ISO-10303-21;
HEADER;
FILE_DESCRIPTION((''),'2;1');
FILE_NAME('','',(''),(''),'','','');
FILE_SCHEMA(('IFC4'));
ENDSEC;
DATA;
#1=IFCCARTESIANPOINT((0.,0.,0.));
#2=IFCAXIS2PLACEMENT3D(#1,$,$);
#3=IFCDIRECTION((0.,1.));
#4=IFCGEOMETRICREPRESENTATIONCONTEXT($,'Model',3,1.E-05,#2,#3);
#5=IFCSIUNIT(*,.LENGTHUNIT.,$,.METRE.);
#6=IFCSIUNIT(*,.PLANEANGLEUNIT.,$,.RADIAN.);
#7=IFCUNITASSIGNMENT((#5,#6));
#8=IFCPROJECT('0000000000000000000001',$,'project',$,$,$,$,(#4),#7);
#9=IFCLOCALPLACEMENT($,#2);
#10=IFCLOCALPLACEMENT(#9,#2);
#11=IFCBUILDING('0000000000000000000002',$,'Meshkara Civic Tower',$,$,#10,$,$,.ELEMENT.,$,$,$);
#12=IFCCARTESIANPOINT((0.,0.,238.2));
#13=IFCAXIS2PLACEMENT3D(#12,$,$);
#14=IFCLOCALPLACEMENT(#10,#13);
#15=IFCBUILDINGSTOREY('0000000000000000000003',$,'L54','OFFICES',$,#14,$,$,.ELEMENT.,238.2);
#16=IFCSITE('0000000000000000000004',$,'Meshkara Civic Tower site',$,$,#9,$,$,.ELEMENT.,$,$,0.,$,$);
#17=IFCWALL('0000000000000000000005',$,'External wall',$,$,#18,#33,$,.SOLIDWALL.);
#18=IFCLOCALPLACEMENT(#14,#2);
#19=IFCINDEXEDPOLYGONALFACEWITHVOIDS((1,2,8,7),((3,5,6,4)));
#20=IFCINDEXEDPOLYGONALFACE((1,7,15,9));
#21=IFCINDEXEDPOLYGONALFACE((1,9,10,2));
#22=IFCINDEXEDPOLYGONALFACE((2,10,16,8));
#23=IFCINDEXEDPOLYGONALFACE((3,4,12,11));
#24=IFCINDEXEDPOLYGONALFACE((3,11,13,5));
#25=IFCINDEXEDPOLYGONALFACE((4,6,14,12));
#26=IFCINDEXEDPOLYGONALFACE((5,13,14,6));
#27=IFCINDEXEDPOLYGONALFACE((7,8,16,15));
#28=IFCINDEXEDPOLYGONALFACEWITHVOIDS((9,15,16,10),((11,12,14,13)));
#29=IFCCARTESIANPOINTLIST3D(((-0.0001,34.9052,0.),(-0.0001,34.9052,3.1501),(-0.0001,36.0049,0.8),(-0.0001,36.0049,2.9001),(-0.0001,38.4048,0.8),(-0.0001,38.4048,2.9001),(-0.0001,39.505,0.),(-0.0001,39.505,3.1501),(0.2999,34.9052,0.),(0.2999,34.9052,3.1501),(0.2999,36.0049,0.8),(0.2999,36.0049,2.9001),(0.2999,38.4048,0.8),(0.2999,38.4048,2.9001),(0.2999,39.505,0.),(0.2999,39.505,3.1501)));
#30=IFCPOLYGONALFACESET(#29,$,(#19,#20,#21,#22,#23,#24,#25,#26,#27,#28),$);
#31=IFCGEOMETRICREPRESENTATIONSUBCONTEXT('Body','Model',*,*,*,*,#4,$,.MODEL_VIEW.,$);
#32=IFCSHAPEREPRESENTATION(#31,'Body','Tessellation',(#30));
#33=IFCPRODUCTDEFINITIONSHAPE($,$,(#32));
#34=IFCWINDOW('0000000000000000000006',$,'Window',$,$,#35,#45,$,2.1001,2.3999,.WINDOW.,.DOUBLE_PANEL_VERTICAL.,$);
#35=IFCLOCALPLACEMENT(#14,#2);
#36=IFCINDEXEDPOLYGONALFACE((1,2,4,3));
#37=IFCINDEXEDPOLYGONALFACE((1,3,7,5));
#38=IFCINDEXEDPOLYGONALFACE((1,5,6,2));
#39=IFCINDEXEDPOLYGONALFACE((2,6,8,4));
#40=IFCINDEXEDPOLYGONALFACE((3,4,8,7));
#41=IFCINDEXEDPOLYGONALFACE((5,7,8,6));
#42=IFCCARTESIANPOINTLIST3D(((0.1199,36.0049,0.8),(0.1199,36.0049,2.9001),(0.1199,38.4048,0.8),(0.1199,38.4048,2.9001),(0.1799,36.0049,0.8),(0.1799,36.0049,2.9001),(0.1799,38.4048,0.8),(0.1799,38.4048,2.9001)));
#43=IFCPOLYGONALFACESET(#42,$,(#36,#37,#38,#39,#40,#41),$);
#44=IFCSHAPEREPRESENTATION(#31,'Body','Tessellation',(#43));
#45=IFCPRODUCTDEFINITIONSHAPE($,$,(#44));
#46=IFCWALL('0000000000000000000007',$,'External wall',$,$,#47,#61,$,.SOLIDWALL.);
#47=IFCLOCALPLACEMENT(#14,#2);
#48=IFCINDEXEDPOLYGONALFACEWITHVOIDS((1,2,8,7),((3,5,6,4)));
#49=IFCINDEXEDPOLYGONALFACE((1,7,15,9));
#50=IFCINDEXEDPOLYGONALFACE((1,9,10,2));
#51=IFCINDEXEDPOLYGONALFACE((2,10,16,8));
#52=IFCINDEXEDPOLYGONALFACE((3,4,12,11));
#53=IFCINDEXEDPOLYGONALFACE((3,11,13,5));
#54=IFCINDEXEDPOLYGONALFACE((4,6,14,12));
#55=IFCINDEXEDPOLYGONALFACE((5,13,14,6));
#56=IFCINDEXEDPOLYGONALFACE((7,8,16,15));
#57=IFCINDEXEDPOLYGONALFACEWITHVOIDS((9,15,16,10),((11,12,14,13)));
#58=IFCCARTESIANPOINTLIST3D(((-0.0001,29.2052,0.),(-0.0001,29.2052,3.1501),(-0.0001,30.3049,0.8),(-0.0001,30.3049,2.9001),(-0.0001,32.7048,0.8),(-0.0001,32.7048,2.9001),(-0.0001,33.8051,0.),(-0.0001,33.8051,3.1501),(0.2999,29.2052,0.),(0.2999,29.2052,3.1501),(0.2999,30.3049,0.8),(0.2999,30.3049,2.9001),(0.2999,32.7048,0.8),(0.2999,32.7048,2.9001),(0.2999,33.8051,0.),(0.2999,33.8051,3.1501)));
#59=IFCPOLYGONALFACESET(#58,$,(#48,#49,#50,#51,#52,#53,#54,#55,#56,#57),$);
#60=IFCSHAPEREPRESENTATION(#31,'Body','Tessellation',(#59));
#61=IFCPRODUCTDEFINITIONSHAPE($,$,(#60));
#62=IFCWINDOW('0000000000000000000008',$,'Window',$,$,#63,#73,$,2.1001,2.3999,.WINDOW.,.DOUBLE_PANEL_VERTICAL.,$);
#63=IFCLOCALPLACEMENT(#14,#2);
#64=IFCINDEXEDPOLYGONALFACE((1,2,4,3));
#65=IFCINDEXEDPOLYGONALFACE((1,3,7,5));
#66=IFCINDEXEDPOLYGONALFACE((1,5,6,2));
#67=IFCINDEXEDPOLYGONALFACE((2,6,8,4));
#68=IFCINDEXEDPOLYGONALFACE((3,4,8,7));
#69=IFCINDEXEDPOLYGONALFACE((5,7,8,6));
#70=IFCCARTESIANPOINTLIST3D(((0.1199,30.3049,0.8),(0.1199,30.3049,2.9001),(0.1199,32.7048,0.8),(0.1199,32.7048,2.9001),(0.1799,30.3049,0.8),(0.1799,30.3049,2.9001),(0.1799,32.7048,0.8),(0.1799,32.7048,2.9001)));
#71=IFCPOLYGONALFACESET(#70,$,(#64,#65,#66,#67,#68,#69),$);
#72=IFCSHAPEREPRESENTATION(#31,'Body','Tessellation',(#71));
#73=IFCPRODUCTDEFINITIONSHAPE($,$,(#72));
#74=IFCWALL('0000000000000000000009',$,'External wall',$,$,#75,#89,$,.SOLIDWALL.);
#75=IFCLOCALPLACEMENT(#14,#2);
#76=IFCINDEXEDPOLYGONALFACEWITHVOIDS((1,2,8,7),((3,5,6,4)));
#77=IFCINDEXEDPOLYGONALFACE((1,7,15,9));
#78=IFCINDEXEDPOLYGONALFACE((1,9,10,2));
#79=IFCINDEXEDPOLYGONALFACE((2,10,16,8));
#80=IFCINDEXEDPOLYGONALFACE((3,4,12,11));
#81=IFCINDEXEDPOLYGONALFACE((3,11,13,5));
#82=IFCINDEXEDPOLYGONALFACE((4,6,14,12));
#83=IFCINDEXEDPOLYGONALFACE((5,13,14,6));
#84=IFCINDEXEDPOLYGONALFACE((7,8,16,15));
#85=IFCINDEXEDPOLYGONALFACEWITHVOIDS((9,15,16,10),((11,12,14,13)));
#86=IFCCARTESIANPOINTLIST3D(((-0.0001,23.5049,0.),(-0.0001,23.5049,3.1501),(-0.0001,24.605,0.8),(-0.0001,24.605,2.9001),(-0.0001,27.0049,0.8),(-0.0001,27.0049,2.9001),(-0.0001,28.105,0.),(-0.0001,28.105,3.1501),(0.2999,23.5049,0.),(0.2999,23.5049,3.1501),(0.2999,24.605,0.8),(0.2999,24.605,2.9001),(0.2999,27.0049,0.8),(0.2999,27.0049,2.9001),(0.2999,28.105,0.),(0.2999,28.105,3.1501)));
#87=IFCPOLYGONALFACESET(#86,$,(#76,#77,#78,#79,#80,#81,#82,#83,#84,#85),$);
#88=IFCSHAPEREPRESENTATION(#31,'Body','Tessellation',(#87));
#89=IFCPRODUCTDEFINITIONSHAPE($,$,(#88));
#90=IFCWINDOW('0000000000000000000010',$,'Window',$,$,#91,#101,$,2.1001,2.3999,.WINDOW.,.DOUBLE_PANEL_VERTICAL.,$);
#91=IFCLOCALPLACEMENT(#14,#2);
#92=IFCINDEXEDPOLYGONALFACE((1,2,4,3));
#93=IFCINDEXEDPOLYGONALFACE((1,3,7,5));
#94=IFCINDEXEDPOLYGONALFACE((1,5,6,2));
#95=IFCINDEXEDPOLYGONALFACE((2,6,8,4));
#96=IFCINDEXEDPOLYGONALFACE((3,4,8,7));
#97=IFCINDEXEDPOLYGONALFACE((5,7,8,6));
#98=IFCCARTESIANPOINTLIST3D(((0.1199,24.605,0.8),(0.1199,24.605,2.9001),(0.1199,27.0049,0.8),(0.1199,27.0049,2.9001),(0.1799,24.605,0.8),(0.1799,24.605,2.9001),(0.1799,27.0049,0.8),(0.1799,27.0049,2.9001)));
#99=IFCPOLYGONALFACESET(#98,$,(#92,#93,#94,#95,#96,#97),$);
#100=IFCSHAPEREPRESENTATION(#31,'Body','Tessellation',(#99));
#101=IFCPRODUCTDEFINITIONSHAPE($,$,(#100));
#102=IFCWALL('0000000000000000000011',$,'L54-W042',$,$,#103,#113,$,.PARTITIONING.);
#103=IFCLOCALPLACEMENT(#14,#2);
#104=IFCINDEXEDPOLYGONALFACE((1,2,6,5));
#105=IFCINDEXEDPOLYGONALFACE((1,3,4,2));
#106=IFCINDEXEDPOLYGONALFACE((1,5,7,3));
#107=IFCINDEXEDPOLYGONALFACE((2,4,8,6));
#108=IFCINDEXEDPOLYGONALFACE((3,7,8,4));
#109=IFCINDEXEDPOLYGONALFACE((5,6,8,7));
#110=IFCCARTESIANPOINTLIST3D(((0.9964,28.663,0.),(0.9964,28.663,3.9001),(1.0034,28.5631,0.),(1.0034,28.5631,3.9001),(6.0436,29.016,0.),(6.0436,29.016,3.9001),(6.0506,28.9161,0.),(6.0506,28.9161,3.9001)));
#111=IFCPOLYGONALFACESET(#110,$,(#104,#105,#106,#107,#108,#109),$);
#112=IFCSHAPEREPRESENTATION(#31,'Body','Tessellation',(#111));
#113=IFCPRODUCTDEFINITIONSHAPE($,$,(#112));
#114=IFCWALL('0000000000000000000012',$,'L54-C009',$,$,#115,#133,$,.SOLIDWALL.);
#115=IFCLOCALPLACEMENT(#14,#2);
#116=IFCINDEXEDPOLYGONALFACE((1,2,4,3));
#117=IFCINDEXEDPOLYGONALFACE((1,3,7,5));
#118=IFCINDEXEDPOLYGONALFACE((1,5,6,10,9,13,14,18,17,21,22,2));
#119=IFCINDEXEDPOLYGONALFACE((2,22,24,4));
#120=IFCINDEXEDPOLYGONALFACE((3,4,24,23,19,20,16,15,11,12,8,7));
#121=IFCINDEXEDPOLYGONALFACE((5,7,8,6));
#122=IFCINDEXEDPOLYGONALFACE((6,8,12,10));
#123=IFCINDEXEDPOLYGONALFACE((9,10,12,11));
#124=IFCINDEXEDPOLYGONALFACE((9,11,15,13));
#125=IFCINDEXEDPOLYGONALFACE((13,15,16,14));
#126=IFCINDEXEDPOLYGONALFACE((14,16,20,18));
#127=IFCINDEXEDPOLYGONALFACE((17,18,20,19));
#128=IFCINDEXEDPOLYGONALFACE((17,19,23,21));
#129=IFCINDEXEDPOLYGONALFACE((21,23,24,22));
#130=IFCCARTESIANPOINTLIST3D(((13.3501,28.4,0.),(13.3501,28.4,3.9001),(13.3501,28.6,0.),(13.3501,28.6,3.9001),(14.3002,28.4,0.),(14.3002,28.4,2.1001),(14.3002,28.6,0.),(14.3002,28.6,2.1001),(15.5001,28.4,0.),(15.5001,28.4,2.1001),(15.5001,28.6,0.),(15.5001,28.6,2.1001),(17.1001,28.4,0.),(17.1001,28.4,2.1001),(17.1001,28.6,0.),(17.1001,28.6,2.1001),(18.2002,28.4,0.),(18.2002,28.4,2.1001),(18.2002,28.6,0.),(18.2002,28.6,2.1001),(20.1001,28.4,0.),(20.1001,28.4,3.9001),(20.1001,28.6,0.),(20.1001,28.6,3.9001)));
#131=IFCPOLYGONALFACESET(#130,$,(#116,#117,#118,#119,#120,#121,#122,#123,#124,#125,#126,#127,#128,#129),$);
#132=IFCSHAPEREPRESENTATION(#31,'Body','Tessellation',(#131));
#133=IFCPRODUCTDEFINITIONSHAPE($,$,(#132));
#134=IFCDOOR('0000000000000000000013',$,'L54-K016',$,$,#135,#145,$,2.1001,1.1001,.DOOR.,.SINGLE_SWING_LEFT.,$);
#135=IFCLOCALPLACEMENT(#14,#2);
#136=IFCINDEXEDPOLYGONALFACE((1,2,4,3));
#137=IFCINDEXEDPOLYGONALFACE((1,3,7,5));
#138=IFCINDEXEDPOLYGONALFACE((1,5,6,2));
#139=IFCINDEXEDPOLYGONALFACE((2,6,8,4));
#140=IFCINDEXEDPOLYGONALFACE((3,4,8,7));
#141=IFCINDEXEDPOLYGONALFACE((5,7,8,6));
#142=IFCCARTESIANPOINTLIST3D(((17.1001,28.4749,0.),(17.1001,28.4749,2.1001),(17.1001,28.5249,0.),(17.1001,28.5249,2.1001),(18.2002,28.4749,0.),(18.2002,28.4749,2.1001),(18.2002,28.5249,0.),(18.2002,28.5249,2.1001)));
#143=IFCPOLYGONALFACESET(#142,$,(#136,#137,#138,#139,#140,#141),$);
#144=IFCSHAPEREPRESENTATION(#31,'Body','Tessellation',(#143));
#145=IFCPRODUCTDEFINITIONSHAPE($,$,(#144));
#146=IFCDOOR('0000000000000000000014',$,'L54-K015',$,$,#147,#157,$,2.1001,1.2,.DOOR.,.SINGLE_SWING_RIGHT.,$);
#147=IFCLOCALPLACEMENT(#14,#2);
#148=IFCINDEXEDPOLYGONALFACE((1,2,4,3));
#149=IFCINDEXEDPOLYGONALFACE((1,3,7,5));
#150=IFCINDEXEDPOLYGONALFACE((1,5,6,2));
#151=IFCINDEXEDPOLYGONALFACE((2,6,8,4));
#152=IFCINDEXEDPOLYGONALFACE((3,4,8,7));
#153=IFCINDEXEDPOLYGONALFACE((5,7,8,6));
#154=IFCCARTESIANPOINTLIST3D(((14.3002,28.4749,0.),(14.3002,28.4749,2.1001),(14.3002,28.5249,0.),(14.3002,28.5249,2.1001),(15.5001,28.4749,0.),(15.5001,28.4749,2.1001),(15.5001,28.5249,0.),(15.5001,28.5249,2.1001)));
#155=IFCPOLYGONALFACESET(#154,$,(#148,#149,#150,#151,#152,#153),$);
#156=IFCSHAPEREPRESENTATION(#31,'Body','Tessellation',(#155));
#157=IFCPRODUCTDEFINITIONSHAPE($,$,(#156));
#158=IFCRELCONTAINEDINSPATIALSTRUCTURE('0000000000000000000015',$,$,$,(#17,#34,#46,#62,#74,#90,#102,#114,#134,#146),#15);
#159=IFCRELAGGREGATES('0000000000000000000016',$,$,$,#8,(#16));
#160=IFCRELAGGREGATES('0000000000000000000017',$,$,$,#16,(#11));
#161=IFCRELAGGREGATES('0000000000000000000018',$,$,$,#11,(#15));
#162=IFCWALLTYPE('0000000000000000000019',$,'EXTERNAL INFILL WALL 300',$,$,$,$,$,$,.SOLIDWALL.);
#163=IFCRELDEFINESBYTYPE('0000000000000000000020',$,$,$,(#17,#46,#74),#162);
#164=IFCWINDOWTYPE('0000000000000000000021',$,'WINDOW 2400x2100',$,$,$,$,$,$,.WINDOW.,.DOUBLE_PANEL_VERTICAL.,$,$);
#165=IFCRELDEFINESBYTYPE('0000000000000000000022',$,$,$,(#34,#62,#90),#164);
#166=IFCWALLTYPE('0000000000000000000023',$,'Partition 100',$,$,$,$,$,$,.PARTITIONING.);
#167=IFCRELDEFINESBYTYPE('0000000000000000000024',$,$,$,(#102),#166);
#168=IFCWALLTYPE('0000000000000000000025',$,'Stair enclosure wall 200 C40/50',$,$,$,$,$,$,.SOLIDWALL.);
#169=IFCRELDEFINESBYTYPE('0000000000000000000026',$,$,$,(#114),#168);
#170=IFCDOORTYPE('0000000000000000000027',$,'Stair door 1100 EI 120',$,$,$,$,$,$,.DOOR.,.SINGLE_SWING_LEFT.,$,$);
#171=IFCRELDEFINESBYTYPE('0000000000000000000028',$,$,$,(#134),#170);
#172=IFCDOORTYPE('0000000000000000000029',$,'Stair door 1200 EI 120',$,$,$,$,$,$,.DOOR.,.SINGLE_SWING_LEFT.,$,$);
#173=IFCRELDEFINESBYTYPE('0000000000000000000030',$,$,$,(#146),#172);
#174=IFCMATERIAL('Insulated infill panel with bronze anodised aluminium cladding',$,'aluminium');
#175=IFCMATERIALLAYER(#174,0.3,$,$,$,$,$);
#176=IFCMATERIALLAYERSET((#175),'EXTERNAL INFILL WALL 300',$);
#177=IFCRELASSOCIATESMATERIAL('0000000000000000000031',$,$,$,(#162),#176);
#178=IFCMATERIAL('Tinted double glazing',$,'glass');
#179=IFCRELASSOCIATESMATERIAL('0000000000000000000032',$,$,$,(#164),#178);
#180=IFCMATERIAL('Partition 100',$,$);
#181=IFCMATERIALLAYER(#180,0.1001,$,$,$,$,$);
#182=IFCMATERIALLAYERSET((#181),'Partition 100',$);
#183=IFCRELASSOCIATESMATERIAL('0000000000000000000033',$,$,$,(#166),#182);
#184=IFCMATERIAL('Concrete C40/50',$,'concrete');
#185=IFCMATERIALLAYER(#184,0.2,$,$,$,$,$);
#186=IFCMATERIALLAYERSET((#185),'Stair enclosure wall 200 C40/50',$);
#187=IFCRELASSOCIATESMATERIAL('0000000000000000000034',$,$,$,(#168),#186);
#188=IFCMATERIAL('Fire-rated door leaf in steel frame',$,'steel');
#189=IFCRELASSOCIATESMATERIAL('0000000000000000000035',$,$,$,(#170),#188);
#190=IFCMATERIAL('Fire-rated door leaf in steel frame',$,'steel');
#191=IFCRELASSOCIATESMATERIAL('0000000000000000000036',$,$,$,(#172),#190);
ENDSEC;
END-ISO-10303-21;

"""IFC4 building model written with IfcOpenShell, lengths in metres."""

from ifc_helpers import new_model, si_unit, direction, frame, frame_2d, origin, place, context, subcontext, project, spatial, rectangle, extrude, material, layer, layer_set, type_object, element, fill, save


model = new_model("IFC4")

# Units and contexts
model_context = context("Model", 3, precision=1e-05, world=origin(), true_north=direction((0.0, 1.0)))
body_context = subcontext(model_context, "Body", "Model", "MODEL_VIEW")
ifc_project = project(units=[si_unit("LENGTHUNIT", "METRE"), si_unit("PLANEANGLEUNIT", "RADIAN")], contexts=[model_context])

# Site, building, storey
site_placement = place(None, origin())
site = spatial("IfcSite", under=ifc_project, at=site_placement, Name="Meshkara Civic Tower site", CompositionType="ELEMENT", RefElevation=0.0)
building_placement = place(site_placement, origin())
building = spatial("IfcBuilding", under=site, at=building_placement, Name="Meshkara Civic Tower", CompositionType="ELEMENT")
storey_placement = place(building_placement, frame((0.0, 0.0, 238.2)))
storey = spatial("IfcBuildingStorey", under=building, at=storey_placement, Name="L54", Description="OFFICES", CompositionType="ELEMENT", Elevation=238.2)

# Walls, openings, windows
ifc_material_1 = material(Name="Insulated infill panel with bronze anodised aluminium cladding", Category="aluminium")
ifc_layer_1 = layer(ifc_material_1, 0.3)
ifc_layer_set_1 = layer_set([ifc_layer_1], Name="EXTERNAL INFILL WALL 300")
wall_type_1 = type_object("IfcWallType", Name="EXTERNAL INFILL WALL 300", PredefinedType="SOLIDWALL", material=ifc_layer_set_1)
wall_1_placement = place(storey_placement, frame((0.1499, 39.5049, 0.0), z_axis=(0.0, 0.0, 1.0), x_axis=(0.0, -1.0, 0.0)))
wall_1 = element("IfcWall", 1, at=wall_1_placement, inside=storey, type_object=wall_type_1, Name="External wall", PredefinedType="SOLIDWALL", context=body_context, shape_type="SweptSolid", body=[
    extrude(rectangle(XDim=4.5999, YDim=0.3, at=frame_2d((2.2998, 0.0))), origin(), (0.0, 0.0, 1.0), 3.1501),
])
opening_1_placement = place(wall_1_placement, frame((1.1001, 0.0, 0.8)))
opening_1 = element("IfcOpeningElement", 2, at=opening_1_placement, cuts=wall_1, PredefinedType="OPENING", context=body_context, shape_type="SweptSolid", body=[
    extrude(rectangle(XDim=2.3999, YDim=2.1001, at=frame_2d((1.2, 1.05))), frame((0.0, 0.1599, 0.0), z_axis=(0.0, -1.0, 0.0), x_axis=(1.0, 0.0, 0.0)), (0.0, 0.0, 1.0), 0.3201),
])
ifc_material_2 = material(Name="Tinted double glazing", Category="glass")
window_type = type_object("IfcWindowType", Name="WINDOW 2400x2100", PartitioningType="DOUBLE_PANEL_VERTICAL", PredefinedType="WINDOW", material=ifc_material_2)
window_1_placement = place(opening_1_placement, origin())
window_1 = element("IfcWindow", 3, at=window_1_placement, inside=storey, type_object=window_type, Name="Window", OverallHeight=2.1001, OverallWidth=2.3999, PartitioningType="DOUBLE_PANEL_VERTICAL", PredefinedType="WINDOW", context=body_context, shape_type="SweptSolid", body=[
    extrude(rectangle(XDim=2.3999, YDim=2.1001, at=frame_2d((1.2, 1.05))), frame((0.0, 0.03, 0.0), z_axis=(0.0, -1.0, 0.0), x_axis=(1.0, 0.0, 0.0)), (0.0, 0.0, 1.0), 0.0601),
])
fill(opening_1, window_1)
wall_2_placement = place(storey_placement, frame((0.1499, 33.8049, 0.0), z_axis=(0.0, 0.0, 1.0), x_axis=(0.0, -1.0, 0.0)))
wall_2 = element("IfcWall", 4, at=wall_2_placement, inside=storey, type_object=wall_type_1, Name="External wall", PredefinedType="SOLIDWALL", context=body_context, shape_type="SweptSolid", body=[
    extrude(rectangle(XDim=4.5999, YDim=0.3, at=frame_2d((2.2998, 0.0))), origin(), (0.0, 0.0, 1.0), 3.1501),
])
opening_2_placement = place(wall_2_placement, frame((1.1001, 0.0, 0.8)))
opening_2 = element("IfcOpeningElement", 5, at=opening_2_placement, cuts=wall_2, PredefinedType="OPENING", context=body_context, shape_type="SweptSolid", body=[
    extrude(rectangle(XDim=2.3999, YDim=2.1001, at=frame_2d((1.2, 1.05))), frame((0.0, 0.1599, 0.0), z_axis=(0.0, -1.0, 0.0), x_axis=(1.0, 0.0, 0.0)), (0.0, 0.0, 1.0), 0.3201),
])
window_2_placement = place(opening_2_placement, origin())
window_2 = element("IfcWindow", 6, at=window_2_placement, inside=storey, type_object=window_type, Name="Window", OverallHeight=2.1001, OverallWidth=2.3999, PartitioningType="DOUBLE_PANEL_VERTICAL", PredefinedType="WINDOW", context=body_context, shape_type="SweptSolid", body=[
    extrude(rectangle(XDim=2.3999, YDim=2.1001, at=frame_2d((1.2, 1.05))), frame((0.0, 0.03, 0.0), z_axis=(0.0, -1.0, 0.0), x_axis=(1.0, 0.0, 0.0)), (0.0, 0.0, 1.0), 0.0601),
])
fill(opening_2, window_2)
wall_3_placement = place(storey_placement, frame((0.1499, 28.105, 0.0), z_axis=(0.0, 0.0, 1.0), x_axis=(0.0, -1.0, 0.0)))
wall_3 = element("IfcWall", 7, at=wall_3_placement, inside=storey, type_object=wall_type_1, Name="External wall", PredefinedType="SOLIDWALL", context=body_context, shape_type="SweptSolid", body=[
    extrude(rectangle(XDim=4.6001, YDim=0.3, at=frame_2d((2.3, 0.0))), origin(), (0.0, 0.0, 1.0), 3.1501),
])
opening_3_placement = place(wall_3_placement, frame((1.1001, 0.0, 0.8)))
opening_3 = element("IfcOpeningElement", 8, at=opening_3_placement, cuts=wall_3, PredefinedType="OPENING", context=body_context, shape_type="SweptSolid", body=[
    extrude(rectangle(XDim=2.3999, YDim=2.1001, at=frame_2d((1.2, 1.05))), frame((0.0, 0.1599, 0.0), z_axis=(0.0, -1.0, 0.0), x_axis=(1.0, 0.0, 0.0)), (0.0, 0.0, 1.0), 0.3201),
])
window_3_placement = place(opening_3_placement, origin())
window_3 = element("IfcWindow", 9, at=window_3_placement, inside=storey, type_object=window_type, Name="Window", OverallHeight=2.1001, OverallWidth=2.3999, PartitioningType="DOUBLE_PANEL_VERTICAL", PredefinedType="WINDOW", context=body_context, shape_type="SweptSolid", body=[
    extrude(rectangle(XDim=2.3999, YDim=2.1001, at=frame_2d((1.2, 1.05))), frame((0.0, 0.03, 0.0), z_axis=(0.0, -1.0, 0.0), x_axis=(1.0, 0.0, 0.0)), (0.0, 0.0, 1.0), 0.0601),
])
fill(opening_3, window_3)

# Wall
ifc_material_3 = material(Name="Partition 100")
ifc_layer_2 = layer(ifc_material_3, 0.1001)
ifc_layer_set_2 = layer_set([ifc_layer_2], Name="Partition 100")
wall_type_2 = type_object("IfcWallType", Name="Partition 100", PredefinedType="PARTITIONING", material=ifc_layer_set_2)
wall_4_placement = place(storey_placement, frame((6.0471, 28.9661, 0.0), z_axis=(0.0, 0.0, 1.0), x_axis=(-0.997563, -0.069776, 0.0)))
element("IfcWall", 10, at=wall_4_placement, inside=storey, type_object=wall_type_2, Name="L54-W042", PredefinedType="PARTITIONING", context=body_context, shape_type="SweptSolid", body=[
    extrude(rectangle(XDim=5.0596, YDim=0.1001, at=frame_2d((2.5298, 0.0))), origin(), (0.0, 0.0, 1.0), 3.9001),
])

# Wall, openings, doors
ifc_material_4 = material(Name="Concrete C40/50", Category="concrete")
ifc_layer_3 = layer(ifc_material_4, 0.2)
ifc_layer_set_3 = layer_set([ifc_layer_3], Name="Stair enclosure wall 200 C40/50")
wall_type_3 = type_object("IfcWallType", Name="Stair enclosure wall 200 C40/50", PredefinedType="SOLIDWALL", material=ifc_layer_set_3)
wall_5_placement = place(storey_placement, frame((13.3501, 28.5, 0.0), z_axis=(0.0, 0.0, 1.0), x_axis=(1.0, 0.0, 0.0)))
wall_5 = element("IfcWall", 11, at=wall_5_placement, inside=storey, type_object=wall_type_3, Name="L54-C009", PredefinedType="SOLIDWALL", context=body_context, shape_type="SweptSolid", body=[
    extrude(rectangle(XDim=6.75, YDim=0.2, at=frame_2d((3.375, 0.0))), origin(), (0.0, 0.0, 1.0), 3.9001),
])
opening_4_placement = place(wall_5_placement, frame((0.95, 0.0, 0.0)))
opening_4 = element("IfcOpeningElement", 12, at=opening_4_placement, cuts=wall_5, PredefinedType="OPENING", context=body_context, shape_type="SweptSolid", body=[
    extrude(rectangle(XDim=1.2, YDim=2.1001, at=frame_2d((0.6001, 1.05))), frame((0.0, 0.1099, 0.0), z_axis=(0.0, -1.0, 0.0), x_axis=(1.0, 0.0, 0.0)), (0.0, 0.0, 1.0), 0.22),
])
opening_5_placement = place(wall_5_placement, frame((3.75, 0.0, 0.0)))
opening_5 = element("IfcOpeningElement", 13, at=opening_5_placement, cuts=wall_5, PredefinedType="OPENING", context=body_context, shape_type="SweptSolid", body=[
    extrude(rectangle(XDim=1.1001, YDim=2.1001, at=frame_2d((0.55, 1.05))), frame((0.0, 0.1099, 0.0), z_axis=(0.0, -1.0, 0.0), x_axis=(1.0, 0.0, 0.0)), (0.0, 0.0, 1.0), 0.22),
])
ifc_material_5 = material(Name="Fire-rated door leaf in steel frame", Category="steel")
door_type_1 = type_object("IfcDoorType", Name="Stair door 1100 EI 120", OperationType="SINGLE_SWING_LEFT", PredefinedType="DOOR", material=ifc_material_5)
door_1_placement = place(opening_5_placement, origin())
door_1 = element("IfcDoor", 14, at=door_1_placement, inside=storey, type_object=door_type_1, Name="L54-K016", OperationType="SINGLE_SWING_LEFT", OverallHeight=2.1001, OverallWidth=1.1001, PredefinedType="DOOR", context=body_context, shape_type="SweptSolid", body=[
    extrude(rectangle(XDim=1.1001, YDim=2.1001, at=frame_2d((0.55, 1.05))), frame((0.0, 0.0249, 0.0), z_axis=(0.0, -1.0, 0.0), x_axis=(1.0, 0.0, 0.0)), (0.0, 0.0, 1.0), 0.05),
])
fill(opening_5, door_1)
ifc_material_6 = material(Name="Fire-rated door leaf in steel frame", Category="steel")
door_type_2 = type_object("IfcDoorType", Name="Stair door 1200 EI 120", OperationType="SINGLE_SWING_LEFT", PredefinedType="DOOR", material=ifc_material_6)
door_2_placement = place(opening_4_placement, origin())
door_2 = element("IfcDoor", 15, at=door_2_placement, inside=storey, type_object=door_type_2, Name="L54-K015", OperationType="SINGLE_SWING_RIGHT", OverallHeight=2.1001, OverallWidth=1.2, PredefinedType="DOOR", context=body_context, shape_type="SweptSolid", body=[
    extrude(rectangle(XDim=1.2, YDim=2.1001, at=frame_2d((0.6001, 1.05))), frame((0.0, 0.0249, 0.0), z_axis=(0.0, -1.0, 0.0), x_axis=(1.0, 0.0, 0.0)), (0.0, 0.0, 1.0), 0.05),
])
fill(opening_4, door_2)

save(model, "model.ifc")
